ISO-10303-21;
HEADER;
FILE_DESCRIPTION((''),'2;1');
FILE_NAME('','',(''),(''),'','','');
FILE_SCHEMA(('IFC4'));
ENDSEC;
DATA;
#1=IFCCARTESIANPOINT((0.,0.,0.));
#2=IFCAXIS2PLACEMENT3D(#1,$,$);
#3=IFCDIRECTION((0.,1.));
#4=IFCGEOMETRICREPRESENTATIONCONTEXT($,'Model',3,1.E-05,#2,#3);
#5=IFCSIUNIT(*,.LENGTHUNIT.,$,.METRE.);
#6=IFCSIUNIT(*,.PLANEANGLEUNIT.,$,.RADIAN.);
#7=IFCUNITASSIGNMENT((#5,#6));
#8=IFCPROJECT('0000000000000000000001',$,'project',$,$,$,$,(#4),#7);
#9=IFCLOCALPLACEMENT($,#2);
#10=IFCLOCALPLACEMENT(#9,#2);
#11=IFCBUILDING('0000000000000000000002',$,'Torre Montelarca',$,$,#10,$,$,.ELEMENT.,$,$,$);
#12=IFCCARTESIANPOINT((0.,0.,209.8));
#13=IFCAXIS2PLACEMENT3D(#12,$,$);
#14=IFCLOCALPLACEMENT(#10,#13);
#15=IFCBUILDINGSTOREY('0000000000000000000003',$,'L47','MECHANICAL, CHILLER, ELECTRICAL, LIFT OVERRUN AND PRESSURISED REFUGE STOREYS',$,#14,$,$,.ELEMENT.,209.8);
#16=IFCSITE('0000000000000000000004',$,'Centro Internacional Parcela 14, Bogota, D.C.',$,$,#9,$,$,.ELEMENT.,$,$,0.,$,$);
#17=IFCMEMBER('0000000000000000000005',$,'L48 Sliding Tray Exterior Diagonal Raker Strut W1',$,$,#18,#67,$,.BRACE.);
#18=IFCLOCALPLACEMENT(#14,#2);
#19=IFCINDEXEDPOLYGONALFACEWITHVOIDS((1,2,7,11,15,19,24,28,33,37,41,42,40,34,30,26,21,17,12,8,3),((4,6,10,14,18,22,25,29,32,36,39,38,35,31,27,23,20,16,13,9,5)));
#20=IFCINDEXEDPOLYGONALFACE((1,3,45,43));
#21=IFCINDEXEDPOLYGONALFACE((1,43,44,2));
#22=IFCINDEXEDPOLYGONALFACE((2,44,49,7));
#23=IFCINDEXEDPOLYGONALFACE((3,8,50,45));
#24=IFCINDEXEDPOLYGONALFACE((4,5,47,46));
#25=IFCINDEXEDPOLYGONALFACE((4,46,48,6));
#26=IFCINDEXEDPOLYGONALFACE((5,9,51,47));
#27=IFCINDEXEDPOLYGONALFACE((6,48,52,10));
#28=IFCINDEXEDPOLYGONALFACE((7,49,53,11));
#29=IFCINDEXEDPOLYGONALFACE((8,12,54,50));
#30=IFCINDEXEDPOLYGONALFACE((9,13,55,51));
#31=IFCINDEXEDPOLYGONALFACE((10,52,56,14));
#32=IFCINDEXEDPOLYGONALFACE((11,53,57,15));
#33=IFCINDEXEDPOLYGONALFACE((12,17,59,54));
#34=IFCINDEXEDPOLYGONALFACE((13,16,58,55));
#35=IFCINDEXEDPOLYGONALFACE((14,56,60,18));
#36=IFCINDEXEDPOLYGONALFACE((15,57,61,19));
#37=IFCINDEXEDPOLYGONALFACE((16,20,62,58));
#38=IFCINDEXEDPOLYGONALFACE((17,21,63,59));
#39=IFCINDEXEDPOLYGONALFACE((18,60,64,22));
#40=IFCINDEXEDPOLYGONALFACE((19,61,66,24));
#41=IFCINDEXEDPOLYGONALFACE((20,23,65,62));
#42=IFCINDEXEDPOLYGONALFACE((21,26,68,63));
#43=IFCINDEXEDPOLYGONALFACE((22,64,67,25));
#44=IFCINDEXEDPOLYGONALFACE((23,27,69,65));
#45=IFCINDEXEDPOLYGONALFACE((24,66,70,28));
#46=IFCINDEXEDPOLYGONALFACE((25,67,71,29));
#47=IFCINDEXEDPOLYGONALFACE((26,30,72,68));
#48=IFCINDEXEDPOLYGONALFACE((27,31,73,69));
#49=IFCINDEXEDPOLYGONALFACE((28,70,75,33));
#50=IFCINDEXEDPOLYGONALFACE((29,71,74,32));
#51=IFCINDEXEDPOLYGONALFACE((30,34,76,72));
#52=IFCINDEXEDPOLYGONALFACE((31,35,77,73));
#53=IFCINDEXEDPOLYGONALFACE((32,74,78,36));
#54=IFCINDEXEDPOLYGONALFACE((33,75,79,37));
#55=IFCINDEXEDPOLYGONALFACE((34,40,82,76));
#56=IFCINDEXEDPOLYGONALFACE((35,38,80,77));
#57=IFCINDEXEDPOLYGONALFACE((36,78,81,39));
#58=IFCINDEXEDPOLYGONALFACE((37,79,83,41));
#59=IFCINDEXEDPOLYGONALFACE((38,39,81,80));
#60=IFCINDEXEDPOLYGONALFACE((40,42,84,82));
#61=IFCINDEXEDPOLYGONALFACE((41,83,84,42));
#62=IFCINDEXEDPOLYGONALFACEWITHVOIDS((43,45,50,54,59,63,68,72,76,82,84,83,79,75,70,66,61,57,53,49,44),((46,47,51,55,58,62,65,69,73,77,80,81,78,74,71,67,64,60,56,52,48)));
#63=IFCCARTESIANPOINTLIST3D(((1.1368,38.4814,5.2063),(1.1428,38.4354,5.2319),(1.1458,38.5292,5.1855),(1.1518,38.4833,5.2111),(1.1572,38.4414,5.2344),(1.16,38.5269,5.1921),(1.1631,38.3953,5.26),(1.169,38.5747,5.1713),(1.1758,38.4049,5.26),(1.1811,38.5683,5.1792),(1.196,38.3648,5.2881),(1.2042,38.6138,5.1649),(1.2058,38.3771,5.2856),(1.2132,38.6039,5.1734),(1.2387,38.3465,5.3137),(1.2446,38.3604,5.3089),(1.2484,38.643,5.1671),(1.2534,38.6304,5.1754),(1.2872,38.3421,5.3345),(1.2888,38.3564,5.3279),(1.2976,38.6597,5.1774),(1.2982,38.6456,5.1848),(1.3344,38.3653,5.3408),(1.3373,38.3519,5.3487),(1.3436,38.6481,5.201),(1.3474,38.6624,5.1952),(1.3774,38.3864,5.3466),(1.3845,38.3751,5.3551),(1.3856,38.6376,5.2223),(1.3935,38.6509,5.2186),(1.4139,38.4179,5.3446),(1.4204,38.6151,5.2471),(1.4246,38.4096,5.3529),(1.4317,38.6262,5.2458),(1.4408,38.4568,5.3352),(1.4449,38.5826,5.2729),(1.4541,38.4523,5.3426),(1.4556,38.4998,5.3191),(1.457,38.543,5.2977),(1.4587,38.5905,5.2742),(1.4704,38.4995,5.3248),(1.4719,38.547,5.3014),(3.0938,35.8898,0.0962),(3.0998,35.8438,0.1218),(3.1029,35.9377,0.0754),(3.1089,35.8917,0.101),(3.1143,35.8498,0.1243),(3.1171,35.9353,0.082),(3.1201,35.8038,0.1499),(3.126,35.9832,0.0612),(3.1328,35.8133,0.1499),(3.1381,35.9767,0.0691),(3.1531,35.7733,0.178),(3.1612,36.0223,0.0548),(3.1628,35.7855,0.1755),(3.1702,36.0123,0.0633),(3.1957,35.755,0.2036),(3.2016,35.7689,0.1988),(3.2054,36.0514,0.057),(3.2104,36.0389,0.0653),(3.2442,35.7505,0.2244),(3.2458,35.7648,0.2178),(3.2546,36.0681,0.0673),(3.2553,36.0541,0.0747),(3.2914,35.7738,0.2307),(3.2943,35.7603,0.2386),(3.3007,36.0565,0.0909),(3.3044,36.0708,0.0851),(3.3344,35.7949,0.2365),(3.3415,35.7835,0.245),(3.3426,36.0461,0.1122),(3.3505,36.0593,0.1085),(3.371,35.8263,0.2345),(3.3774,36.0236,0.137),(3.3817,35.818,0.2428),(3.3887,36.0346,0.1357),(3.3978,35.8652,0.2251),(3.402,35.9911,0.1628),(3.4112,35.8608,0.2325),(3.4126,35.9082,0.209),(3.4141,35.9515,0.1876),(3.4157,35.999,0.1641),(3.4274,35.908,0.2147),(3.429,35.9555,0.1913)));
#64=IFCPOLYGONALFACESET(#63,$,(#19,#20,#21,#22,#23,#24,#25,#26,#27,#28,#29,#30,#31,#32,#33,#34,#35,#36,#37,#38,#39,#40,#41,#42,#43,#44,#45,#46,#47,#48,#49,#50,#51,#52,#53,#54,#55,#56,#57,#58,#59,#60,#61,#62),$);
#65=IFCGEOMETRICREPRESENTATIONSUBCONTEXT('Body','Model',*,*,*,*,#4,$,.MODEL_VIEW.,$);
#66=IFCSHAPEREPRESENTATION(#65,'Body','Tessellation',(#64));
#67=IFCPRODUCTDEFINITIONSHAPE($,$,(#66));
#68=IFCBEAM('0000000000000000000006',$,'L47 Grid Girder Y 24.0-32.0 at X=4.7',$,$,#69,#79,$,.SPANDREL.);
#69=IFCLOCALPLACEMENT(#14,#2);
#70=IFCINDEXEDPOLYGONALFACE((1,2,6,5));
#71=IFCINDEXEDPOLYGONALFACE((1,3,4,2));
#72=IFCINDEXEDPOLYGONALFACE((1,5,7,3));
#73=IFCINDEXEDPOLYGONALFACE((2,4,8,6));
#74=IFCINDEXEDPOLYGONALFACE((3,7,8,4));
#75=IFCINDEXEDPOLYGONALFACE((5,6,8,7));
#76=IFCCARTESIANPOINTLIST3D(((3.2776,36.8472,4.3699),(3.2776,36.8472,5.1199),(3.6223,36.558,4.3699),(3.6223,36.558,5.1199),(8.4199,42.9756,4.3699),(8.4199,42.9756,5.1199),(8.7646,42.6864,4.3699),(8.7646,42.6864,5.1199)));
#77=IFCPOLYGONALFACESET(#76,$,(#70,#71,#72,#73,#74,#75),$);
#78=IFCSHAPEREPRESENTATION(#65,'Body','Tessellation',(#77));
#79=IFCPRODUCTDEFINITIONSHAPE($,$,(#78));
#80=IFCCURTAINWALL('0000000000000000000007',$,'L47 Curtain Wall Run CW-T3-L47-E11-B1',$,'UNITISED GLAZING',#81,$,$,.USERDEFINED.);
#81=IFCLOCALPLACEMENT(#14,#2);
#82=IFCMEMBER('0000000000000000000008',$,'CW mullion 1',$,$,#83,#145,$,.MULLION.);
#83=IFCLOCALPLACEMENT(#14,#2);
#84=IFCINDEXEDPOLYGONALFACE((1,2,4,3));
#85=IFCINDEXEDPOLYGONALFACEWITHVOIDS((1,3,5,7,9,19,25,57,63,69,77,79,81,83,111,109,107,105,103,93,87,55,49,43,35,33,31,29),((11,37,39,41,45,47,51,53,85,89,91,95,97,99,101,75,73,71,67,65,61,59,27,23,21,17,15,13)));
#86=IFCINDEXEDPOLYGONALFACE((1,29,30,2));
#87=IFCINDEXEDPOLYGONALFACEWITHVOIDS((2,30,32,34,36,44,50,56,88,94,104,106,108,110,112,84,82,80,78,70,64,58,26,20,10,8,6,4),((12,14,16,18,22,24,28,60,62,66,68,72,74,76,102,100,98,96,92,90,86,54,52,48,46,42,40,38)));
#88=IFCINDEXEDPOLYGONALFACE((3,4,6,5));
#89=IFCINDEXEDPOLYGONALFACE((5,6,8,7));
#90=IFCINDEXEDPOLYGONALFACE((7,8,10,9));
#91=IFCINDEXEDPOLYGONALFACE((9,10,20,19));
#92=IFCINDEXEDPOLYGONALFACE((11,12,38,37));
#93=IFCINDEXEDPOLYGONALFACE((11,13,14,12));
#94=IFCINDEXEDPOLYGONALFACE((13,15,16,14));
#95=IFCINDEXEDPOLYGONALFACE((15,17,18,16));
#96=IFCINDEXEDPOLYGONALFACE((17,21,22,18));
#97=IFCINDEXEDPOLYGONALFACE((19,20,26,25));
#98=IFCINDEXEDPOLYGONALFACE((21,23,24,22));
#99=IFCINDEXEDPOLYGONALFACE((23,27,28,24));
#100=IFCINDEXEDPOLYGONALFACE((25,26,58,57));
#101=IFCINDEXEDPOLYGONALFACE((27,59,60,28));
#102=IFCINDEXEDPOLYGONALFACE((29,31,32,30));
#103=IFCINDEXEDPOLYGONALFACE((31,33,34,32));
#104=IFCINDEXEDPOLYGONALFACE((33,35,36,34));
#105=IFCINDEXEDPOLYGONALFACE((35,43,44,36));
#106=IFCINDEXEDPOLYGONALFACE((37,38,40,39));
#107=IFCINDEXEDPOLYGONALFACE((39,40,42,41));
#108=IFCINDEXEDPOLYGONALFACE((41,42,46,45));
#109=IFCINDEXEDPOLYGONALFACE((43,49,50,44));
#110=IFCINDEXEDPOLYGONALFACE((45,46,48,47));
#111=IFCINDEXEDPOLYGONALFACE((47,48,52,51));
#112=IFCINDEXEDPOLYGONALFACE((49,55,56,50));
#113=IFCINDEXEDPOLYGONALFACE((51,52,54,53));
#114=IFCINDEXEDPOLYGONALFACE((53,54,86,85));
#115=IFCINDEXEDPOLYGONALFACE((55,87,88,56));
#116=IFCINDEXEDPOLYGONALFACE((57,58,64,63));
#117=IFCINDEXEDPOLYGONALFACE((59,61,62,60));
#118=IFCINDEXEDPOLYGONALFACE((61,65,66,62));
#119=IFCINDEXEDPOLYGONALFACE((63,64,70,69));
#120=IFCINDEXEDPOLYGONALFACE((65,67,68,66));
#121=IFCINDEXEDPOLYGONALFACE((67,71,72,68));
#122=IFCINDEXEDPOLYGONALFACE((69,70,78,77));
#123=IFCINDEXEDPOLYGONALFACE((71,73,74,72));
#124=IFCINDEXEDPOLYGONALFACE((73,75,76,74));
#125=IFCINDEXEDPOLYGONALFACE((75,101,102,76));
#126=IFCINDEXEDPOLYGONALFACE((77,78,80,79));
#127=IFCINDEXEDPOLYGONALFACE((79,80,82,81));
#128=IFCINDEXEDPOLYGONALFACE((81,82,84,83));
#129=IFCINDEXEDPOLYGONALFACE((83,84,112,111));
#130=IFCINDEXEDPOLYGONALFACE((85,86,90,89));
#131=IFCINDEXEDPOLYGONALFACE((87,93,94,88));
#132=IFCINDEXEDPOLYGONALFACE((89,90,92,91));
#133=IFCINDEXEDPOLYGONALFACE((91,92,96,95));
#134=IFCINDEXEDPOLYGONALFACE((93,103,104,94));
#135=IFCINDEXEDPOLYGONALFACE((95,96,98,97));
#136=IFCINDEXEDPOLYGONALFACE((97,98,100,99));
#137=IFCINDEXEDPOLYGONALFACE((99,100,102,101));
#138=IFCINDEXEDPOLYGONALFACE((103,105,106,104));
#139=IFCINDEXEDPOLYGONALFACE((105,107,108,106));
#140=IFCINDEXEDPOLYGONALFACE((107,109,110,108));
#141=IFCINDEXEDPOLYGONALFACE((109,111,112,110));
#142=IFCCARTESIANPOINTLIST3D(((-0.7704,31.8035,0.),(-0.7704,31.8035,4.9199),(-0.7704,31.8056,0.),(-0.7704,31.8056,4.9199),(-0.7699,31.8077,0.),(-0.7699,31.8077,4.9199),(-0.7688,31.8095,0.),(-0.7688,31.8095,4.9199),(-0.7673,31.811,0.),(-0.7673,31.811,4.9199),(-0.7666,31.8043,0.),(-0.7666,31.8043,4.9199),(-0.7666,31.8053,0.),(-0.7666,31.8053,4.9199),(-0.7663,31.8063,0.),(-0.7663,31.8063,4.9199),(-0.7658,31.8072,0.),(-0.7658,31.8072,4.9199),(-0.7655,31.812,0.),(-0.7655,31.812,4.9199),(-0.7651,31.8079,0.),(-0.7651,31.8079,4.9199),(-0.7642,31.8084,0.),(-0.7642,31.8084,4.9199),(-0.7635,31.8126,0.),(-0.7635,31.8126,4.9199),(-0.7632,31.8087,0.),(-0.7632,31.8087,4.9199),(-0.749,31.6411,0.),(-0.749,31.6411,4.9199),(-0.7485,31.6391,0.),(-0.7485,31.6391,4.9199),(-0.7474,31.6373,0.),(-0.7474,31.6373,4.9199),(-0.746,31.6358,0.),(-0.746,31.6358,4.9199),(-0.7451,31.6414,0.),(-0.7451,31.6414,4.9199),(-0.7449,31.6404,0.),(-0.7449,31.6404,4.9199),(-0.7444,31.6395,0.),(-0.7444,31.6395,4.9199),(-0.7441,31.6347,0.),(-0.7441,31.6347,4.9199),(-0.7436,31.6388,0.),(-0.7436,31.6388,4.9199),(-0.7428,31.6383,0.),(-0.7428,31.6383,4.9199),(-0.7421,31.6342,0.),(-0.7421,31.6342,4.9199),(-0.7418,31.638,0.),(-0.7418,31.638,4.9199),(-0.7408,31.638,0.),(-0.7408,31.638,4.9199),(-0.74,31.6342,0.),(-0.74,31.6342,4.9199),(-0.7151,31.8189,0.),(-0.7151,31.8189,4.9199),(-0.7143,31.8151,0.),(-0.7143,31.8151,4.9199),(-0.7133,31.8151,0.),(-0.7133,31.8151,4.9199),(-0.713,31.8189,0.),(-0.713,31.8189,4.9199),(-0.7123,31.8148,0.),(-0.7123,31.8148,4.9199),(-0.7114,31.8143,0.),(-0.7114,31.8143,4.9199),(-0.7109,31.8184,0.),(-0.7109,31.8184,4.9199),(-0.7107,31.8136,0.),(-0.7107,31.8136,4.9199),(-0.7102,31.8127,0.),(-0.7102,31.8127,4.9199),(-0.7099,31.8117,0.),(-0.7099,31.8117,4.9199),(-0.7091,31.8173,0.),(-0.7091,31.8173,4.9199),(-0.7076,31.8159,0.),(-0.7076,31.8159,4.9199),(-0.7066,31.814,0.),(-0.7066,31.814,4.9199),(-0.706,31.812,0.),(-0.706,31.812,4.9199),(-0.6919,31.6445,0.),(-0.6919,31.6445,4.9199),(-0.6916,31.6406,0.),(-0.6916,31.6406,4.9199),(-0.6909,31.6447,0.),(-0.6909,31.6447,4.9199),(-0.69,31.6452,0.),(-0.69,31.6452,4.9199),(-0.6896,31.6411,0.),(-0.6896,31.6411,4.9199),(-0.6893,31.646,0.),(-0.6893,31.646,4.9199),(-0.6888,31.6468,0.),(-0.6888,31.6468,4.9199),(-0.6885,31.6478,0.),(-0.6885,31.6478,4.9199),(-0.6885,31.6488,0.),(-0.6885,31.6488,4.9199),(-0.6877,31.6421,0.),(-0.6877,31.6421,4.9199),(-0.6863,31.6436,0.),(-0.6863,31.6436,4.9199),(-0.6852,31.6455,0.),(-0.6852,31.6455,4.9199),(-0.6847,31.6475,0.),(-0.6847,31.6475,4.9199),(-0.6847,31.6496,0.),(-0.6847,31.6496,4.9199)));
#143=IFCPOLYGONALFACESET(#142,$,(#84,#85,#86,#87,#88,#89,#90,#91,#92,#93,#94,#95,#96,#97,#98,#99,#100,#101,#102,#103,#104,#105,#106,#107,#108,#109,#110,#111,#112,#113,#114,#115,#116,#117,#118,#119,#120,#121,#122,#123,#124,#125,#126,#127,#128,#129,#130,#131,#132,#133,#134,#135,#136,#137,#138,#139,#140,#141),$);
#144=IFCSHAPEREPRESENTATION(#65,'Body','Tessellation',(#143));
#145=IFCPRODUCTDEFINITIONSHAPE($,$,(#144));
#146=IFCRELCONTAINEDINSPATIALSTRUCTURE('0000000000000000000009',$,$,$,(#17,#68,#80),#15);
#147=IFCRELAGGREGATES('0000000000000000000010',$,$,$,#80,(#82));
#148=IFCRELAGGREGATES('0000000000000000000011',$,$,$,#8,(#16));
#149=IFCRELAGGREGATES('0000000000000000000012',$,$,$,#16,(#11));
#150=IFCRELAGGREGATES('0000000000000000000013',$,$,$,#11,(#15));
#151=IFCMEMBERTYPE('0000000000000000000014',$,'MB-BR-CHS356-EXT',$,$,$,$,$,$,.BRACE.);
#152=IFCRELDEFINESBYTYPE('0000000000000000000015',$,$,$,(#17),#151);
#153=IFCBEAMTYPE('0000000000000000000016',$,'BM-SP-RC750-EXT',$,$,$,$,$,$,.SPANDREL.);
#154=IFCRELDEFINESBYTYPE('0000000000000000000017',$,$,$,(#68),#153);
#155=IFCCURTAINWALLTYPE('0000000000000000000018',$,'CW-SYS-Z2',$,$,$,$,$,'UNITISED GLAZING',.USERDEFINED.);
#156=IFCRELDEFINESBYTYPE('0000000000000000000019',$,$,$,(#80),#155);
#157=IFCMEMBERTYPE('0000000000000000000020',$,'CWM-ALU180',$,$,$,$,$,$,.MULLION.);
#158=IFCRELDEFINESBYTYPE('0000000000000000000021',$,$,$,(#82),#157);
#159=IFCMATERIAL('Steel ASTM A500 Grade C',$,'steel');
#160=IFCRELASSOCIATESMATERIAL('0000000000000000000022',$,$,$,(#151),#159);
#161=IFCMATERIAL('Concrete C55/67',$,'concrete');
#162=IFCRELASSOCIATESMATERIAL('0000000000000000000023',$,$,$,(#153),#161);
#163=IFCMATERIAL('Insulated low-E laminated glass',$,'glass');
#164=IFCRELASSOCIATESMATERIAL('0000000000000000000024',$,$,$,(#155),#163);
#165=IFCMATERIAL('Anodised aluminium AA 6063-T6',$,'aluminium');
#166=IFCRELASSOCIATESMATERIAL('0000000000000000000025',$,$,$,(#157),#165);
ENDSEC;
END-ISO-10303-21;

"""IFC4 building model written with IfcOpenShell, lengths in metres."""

from ifc_helpers import new_model, si_unit, direction, frame, origin, origin_2d, place, context, subcontext, project, spatial, rectangle, hollow_rectangle, hollow_circle, extrude, source, transform, mapped, material, material_profile, profile_set, type_object, element, aggregate, save


model = new_model("IFC4")

# Units and contexts
model_context = context("Model", 3, precision=1e-05, world=origin(), true_north=direction((0.0, 1.0)))
body_context = subcontext(model_context, "Body", "Model", "MODEL_VIEW")
ifc_project = project(units=[si_unit("LENGTHUNIT", "METRE"), si_unit("PLANEANGLEUNIT", "RADIAN")], contexts=[model_context])

# Site, building, storey
site_placement = place(None, origin())
site = spatial("IfcSite", under=ifc_project, at=site_placement, Name="Centro Internacional Parcela 14, Bogota, D.C.", CompositionType="ELEMENT", RefElevation=0.0)
building_placement = place(site_placement, origin())
building = spatial("IfcBuilding", under=site, at=building_placement, Name="Torre Montelarca", CompositionType="ELEMENT")
storey_placement = place(building_placement, frame((0.0, 0.0, 209.8)))
storey = spatial("IfcBuildingStorey", under=building, at=storey_placement, Name="L47", Description="MECHANICAL, CHILLER, ELECTRICAL, LIFT OVERRUN AND PRESSURISED REFUGE STOREYS", CompositionType="ELEMENT", Elevation=209.8)

# Shared definitions
ifc_material_1 = material(Name="Concrete C55/67", Category="concrete")

# Member
ifc_material_2 = material(Name="Steel ASTM A500 Grade C", Category="steel")
ifc_material_profile_1 = material_profile(ifc_material_2, hollow_circle(Radius=0.1777, WallThickness=0.0159, at=origin_2d()), Name="HSS355.6X15.9", Category="steel")
ifc_profile_set_1 = profile_set([ifc_material_profile_1], Name="Steel ASTM A500 Grade C")
member_type_1 = type_object("IfcMemberType", Name="MB-BR-CHS356-EXT", PredefinedType="BRACE", material=ifc_profile_set_1)
shared_shape_1 = source(origin(), body_context, "Body", "SweptSolid", [
    extrude(hollow_circle(Radius=0.1777, WallThickness=0.0159, at=origin_2d()), origin(), (0.0, 0.0, 1.0), 6.0547),
])
member_1_placement = place(storey_placement, frame((3.262, 35.9109, 0.1499), z_axis=(-0.323225, 0.428024, 0.843991), x_axis=(-0.79802, -0.602631, 0.0)))
element("IfcMember", 1, at=member_1_placement, inside=storey, type_object=member_type_1, Name="L48 Sliding Tray Exterior Diagonal Raker Strut W1", PredefinedType="BRACE", context=body_context, shape_type="MappedRepresentation", body=[
    mapped(shared_shape_1, transform((0.0, 0.0, 0.0), scale=1.0)),
])

# Beam
ifc_material_profile_2 = material_profile(ifc_material_1, rectangle(XDim=0.45, YDim=0.75, at=origin_2d()), Name="RCB450X750", Category="concrete")
ifc_profile_set_2 = profile_set([ifc_material_profile_2], Name="Concrete C55/67")
beam_type = type_object("IfcBeamType", Name="BM-SP-RC750-EXT", PredefinedType="SPANDREL", material=ifc_profile_set_2)
shared_shape_2 = source(origin(), body_context, "Body", "SweptSolid", [
    extrude(rectangle(XDim=0.45, YDim=0.75, at=origin_2d()), origin(), (0.0, 0.0, 1.0), 8.0),
])
beam_placement = place(storey_placement, frame((3.45, 36.7026, 4.7449), z_axis=(0.642786, 0.766046, 0.0), x_axis=(-0.766046, 0.642786, 0.0)))
element("IfcBeam", 2, at=beam_placement, inside=storey, type_object=beam_type, Name="L47 Grid Girder Y 24.0-32.0 at X=4.7", PredefinedType="SPANDREL", context=body_context, shape_type="MappedRepresentation", body=[
    mapped(shared_shape_2, transform((0.0, 0.0, 0.0), scale=1.0)),
])

# Curtain wall, member
ifc_material_3 = material(Name="Insulated low-E laminated glass", Category="glass")
curtain_wall_type = type_object("IfcCurtainWallType", Name="CW-SYS-Z2", ElementType="UNITISED GLAZING", PredefinedType="USERDEFINED", material=ifc_material_3)
curtain_wall_placement = place(storey_placement, origin())
curtain_wall = element("IfcCurtainWall", 3, at=curtain_wall_placement, inside=storey, type_object=curtain_wall_type, Name="L47 Curtain Wall Run CW-T3-L47-E11-B1", ObjectType="UNITISED GLAZING", PredefinedType="USERDEFINED")
ifc_material_4 = material(Name="Anodised aluminium AA 6063-T6", Category="aluminium")
ifc_material_profile_3 = material_profile(ifc_material_4, hollow_rectangle(XDim=0.0649, YDim=0.1799, WallThickness=0.0039, InnerFilletRadius=0.0039, OuterFilletRadius=0.0081, at=origin_2d()), Name="ALU65X180X4", Category="aluminium")
ifc_profile_set_3 = profile_set([ifc_material_profile_3], Name="Anodised aluminium AA 6063-T6")
member_type_2 = type_object("IfcMemberType", Name="CWM-ALU180", PredefinedType="MULLION", material=ifc_profile_set_3)
shared_shape_3 = source(origin(), body_context, "Body", "SweptSolid", [
    extrude(hollow_rectangle(XDim=0.0649, YDim=0.1799, WallThickness=0.0039, InnerFilletRadius=0.0039, OuterFilletRadius=0.0081, at=origin_2d()), origin(), (0.0, 0.0, 1.0), 4.9199),
])
member_2_placement = place(storey_placement, frame((-0.7275, 31.7266, 0.0), z_axis=(0.0, 0.0, 1.0), x_axis=(0.991446, 0.130519, 0.0)))
member_2 = element("IfcMember", 4, at=member_2_placement, type_object=member_type_2, Name="CW mullion 1", PredefinedType="MULLION", context=body_context, shape_type="MappedRepresentation", body=[
    mapped(shared_shape_3, transform((0.0, 0.0, 0.0), scale=1.0)),
])
aggregate(curtain_wall, [member_2])

save(model, "model.ifc")
